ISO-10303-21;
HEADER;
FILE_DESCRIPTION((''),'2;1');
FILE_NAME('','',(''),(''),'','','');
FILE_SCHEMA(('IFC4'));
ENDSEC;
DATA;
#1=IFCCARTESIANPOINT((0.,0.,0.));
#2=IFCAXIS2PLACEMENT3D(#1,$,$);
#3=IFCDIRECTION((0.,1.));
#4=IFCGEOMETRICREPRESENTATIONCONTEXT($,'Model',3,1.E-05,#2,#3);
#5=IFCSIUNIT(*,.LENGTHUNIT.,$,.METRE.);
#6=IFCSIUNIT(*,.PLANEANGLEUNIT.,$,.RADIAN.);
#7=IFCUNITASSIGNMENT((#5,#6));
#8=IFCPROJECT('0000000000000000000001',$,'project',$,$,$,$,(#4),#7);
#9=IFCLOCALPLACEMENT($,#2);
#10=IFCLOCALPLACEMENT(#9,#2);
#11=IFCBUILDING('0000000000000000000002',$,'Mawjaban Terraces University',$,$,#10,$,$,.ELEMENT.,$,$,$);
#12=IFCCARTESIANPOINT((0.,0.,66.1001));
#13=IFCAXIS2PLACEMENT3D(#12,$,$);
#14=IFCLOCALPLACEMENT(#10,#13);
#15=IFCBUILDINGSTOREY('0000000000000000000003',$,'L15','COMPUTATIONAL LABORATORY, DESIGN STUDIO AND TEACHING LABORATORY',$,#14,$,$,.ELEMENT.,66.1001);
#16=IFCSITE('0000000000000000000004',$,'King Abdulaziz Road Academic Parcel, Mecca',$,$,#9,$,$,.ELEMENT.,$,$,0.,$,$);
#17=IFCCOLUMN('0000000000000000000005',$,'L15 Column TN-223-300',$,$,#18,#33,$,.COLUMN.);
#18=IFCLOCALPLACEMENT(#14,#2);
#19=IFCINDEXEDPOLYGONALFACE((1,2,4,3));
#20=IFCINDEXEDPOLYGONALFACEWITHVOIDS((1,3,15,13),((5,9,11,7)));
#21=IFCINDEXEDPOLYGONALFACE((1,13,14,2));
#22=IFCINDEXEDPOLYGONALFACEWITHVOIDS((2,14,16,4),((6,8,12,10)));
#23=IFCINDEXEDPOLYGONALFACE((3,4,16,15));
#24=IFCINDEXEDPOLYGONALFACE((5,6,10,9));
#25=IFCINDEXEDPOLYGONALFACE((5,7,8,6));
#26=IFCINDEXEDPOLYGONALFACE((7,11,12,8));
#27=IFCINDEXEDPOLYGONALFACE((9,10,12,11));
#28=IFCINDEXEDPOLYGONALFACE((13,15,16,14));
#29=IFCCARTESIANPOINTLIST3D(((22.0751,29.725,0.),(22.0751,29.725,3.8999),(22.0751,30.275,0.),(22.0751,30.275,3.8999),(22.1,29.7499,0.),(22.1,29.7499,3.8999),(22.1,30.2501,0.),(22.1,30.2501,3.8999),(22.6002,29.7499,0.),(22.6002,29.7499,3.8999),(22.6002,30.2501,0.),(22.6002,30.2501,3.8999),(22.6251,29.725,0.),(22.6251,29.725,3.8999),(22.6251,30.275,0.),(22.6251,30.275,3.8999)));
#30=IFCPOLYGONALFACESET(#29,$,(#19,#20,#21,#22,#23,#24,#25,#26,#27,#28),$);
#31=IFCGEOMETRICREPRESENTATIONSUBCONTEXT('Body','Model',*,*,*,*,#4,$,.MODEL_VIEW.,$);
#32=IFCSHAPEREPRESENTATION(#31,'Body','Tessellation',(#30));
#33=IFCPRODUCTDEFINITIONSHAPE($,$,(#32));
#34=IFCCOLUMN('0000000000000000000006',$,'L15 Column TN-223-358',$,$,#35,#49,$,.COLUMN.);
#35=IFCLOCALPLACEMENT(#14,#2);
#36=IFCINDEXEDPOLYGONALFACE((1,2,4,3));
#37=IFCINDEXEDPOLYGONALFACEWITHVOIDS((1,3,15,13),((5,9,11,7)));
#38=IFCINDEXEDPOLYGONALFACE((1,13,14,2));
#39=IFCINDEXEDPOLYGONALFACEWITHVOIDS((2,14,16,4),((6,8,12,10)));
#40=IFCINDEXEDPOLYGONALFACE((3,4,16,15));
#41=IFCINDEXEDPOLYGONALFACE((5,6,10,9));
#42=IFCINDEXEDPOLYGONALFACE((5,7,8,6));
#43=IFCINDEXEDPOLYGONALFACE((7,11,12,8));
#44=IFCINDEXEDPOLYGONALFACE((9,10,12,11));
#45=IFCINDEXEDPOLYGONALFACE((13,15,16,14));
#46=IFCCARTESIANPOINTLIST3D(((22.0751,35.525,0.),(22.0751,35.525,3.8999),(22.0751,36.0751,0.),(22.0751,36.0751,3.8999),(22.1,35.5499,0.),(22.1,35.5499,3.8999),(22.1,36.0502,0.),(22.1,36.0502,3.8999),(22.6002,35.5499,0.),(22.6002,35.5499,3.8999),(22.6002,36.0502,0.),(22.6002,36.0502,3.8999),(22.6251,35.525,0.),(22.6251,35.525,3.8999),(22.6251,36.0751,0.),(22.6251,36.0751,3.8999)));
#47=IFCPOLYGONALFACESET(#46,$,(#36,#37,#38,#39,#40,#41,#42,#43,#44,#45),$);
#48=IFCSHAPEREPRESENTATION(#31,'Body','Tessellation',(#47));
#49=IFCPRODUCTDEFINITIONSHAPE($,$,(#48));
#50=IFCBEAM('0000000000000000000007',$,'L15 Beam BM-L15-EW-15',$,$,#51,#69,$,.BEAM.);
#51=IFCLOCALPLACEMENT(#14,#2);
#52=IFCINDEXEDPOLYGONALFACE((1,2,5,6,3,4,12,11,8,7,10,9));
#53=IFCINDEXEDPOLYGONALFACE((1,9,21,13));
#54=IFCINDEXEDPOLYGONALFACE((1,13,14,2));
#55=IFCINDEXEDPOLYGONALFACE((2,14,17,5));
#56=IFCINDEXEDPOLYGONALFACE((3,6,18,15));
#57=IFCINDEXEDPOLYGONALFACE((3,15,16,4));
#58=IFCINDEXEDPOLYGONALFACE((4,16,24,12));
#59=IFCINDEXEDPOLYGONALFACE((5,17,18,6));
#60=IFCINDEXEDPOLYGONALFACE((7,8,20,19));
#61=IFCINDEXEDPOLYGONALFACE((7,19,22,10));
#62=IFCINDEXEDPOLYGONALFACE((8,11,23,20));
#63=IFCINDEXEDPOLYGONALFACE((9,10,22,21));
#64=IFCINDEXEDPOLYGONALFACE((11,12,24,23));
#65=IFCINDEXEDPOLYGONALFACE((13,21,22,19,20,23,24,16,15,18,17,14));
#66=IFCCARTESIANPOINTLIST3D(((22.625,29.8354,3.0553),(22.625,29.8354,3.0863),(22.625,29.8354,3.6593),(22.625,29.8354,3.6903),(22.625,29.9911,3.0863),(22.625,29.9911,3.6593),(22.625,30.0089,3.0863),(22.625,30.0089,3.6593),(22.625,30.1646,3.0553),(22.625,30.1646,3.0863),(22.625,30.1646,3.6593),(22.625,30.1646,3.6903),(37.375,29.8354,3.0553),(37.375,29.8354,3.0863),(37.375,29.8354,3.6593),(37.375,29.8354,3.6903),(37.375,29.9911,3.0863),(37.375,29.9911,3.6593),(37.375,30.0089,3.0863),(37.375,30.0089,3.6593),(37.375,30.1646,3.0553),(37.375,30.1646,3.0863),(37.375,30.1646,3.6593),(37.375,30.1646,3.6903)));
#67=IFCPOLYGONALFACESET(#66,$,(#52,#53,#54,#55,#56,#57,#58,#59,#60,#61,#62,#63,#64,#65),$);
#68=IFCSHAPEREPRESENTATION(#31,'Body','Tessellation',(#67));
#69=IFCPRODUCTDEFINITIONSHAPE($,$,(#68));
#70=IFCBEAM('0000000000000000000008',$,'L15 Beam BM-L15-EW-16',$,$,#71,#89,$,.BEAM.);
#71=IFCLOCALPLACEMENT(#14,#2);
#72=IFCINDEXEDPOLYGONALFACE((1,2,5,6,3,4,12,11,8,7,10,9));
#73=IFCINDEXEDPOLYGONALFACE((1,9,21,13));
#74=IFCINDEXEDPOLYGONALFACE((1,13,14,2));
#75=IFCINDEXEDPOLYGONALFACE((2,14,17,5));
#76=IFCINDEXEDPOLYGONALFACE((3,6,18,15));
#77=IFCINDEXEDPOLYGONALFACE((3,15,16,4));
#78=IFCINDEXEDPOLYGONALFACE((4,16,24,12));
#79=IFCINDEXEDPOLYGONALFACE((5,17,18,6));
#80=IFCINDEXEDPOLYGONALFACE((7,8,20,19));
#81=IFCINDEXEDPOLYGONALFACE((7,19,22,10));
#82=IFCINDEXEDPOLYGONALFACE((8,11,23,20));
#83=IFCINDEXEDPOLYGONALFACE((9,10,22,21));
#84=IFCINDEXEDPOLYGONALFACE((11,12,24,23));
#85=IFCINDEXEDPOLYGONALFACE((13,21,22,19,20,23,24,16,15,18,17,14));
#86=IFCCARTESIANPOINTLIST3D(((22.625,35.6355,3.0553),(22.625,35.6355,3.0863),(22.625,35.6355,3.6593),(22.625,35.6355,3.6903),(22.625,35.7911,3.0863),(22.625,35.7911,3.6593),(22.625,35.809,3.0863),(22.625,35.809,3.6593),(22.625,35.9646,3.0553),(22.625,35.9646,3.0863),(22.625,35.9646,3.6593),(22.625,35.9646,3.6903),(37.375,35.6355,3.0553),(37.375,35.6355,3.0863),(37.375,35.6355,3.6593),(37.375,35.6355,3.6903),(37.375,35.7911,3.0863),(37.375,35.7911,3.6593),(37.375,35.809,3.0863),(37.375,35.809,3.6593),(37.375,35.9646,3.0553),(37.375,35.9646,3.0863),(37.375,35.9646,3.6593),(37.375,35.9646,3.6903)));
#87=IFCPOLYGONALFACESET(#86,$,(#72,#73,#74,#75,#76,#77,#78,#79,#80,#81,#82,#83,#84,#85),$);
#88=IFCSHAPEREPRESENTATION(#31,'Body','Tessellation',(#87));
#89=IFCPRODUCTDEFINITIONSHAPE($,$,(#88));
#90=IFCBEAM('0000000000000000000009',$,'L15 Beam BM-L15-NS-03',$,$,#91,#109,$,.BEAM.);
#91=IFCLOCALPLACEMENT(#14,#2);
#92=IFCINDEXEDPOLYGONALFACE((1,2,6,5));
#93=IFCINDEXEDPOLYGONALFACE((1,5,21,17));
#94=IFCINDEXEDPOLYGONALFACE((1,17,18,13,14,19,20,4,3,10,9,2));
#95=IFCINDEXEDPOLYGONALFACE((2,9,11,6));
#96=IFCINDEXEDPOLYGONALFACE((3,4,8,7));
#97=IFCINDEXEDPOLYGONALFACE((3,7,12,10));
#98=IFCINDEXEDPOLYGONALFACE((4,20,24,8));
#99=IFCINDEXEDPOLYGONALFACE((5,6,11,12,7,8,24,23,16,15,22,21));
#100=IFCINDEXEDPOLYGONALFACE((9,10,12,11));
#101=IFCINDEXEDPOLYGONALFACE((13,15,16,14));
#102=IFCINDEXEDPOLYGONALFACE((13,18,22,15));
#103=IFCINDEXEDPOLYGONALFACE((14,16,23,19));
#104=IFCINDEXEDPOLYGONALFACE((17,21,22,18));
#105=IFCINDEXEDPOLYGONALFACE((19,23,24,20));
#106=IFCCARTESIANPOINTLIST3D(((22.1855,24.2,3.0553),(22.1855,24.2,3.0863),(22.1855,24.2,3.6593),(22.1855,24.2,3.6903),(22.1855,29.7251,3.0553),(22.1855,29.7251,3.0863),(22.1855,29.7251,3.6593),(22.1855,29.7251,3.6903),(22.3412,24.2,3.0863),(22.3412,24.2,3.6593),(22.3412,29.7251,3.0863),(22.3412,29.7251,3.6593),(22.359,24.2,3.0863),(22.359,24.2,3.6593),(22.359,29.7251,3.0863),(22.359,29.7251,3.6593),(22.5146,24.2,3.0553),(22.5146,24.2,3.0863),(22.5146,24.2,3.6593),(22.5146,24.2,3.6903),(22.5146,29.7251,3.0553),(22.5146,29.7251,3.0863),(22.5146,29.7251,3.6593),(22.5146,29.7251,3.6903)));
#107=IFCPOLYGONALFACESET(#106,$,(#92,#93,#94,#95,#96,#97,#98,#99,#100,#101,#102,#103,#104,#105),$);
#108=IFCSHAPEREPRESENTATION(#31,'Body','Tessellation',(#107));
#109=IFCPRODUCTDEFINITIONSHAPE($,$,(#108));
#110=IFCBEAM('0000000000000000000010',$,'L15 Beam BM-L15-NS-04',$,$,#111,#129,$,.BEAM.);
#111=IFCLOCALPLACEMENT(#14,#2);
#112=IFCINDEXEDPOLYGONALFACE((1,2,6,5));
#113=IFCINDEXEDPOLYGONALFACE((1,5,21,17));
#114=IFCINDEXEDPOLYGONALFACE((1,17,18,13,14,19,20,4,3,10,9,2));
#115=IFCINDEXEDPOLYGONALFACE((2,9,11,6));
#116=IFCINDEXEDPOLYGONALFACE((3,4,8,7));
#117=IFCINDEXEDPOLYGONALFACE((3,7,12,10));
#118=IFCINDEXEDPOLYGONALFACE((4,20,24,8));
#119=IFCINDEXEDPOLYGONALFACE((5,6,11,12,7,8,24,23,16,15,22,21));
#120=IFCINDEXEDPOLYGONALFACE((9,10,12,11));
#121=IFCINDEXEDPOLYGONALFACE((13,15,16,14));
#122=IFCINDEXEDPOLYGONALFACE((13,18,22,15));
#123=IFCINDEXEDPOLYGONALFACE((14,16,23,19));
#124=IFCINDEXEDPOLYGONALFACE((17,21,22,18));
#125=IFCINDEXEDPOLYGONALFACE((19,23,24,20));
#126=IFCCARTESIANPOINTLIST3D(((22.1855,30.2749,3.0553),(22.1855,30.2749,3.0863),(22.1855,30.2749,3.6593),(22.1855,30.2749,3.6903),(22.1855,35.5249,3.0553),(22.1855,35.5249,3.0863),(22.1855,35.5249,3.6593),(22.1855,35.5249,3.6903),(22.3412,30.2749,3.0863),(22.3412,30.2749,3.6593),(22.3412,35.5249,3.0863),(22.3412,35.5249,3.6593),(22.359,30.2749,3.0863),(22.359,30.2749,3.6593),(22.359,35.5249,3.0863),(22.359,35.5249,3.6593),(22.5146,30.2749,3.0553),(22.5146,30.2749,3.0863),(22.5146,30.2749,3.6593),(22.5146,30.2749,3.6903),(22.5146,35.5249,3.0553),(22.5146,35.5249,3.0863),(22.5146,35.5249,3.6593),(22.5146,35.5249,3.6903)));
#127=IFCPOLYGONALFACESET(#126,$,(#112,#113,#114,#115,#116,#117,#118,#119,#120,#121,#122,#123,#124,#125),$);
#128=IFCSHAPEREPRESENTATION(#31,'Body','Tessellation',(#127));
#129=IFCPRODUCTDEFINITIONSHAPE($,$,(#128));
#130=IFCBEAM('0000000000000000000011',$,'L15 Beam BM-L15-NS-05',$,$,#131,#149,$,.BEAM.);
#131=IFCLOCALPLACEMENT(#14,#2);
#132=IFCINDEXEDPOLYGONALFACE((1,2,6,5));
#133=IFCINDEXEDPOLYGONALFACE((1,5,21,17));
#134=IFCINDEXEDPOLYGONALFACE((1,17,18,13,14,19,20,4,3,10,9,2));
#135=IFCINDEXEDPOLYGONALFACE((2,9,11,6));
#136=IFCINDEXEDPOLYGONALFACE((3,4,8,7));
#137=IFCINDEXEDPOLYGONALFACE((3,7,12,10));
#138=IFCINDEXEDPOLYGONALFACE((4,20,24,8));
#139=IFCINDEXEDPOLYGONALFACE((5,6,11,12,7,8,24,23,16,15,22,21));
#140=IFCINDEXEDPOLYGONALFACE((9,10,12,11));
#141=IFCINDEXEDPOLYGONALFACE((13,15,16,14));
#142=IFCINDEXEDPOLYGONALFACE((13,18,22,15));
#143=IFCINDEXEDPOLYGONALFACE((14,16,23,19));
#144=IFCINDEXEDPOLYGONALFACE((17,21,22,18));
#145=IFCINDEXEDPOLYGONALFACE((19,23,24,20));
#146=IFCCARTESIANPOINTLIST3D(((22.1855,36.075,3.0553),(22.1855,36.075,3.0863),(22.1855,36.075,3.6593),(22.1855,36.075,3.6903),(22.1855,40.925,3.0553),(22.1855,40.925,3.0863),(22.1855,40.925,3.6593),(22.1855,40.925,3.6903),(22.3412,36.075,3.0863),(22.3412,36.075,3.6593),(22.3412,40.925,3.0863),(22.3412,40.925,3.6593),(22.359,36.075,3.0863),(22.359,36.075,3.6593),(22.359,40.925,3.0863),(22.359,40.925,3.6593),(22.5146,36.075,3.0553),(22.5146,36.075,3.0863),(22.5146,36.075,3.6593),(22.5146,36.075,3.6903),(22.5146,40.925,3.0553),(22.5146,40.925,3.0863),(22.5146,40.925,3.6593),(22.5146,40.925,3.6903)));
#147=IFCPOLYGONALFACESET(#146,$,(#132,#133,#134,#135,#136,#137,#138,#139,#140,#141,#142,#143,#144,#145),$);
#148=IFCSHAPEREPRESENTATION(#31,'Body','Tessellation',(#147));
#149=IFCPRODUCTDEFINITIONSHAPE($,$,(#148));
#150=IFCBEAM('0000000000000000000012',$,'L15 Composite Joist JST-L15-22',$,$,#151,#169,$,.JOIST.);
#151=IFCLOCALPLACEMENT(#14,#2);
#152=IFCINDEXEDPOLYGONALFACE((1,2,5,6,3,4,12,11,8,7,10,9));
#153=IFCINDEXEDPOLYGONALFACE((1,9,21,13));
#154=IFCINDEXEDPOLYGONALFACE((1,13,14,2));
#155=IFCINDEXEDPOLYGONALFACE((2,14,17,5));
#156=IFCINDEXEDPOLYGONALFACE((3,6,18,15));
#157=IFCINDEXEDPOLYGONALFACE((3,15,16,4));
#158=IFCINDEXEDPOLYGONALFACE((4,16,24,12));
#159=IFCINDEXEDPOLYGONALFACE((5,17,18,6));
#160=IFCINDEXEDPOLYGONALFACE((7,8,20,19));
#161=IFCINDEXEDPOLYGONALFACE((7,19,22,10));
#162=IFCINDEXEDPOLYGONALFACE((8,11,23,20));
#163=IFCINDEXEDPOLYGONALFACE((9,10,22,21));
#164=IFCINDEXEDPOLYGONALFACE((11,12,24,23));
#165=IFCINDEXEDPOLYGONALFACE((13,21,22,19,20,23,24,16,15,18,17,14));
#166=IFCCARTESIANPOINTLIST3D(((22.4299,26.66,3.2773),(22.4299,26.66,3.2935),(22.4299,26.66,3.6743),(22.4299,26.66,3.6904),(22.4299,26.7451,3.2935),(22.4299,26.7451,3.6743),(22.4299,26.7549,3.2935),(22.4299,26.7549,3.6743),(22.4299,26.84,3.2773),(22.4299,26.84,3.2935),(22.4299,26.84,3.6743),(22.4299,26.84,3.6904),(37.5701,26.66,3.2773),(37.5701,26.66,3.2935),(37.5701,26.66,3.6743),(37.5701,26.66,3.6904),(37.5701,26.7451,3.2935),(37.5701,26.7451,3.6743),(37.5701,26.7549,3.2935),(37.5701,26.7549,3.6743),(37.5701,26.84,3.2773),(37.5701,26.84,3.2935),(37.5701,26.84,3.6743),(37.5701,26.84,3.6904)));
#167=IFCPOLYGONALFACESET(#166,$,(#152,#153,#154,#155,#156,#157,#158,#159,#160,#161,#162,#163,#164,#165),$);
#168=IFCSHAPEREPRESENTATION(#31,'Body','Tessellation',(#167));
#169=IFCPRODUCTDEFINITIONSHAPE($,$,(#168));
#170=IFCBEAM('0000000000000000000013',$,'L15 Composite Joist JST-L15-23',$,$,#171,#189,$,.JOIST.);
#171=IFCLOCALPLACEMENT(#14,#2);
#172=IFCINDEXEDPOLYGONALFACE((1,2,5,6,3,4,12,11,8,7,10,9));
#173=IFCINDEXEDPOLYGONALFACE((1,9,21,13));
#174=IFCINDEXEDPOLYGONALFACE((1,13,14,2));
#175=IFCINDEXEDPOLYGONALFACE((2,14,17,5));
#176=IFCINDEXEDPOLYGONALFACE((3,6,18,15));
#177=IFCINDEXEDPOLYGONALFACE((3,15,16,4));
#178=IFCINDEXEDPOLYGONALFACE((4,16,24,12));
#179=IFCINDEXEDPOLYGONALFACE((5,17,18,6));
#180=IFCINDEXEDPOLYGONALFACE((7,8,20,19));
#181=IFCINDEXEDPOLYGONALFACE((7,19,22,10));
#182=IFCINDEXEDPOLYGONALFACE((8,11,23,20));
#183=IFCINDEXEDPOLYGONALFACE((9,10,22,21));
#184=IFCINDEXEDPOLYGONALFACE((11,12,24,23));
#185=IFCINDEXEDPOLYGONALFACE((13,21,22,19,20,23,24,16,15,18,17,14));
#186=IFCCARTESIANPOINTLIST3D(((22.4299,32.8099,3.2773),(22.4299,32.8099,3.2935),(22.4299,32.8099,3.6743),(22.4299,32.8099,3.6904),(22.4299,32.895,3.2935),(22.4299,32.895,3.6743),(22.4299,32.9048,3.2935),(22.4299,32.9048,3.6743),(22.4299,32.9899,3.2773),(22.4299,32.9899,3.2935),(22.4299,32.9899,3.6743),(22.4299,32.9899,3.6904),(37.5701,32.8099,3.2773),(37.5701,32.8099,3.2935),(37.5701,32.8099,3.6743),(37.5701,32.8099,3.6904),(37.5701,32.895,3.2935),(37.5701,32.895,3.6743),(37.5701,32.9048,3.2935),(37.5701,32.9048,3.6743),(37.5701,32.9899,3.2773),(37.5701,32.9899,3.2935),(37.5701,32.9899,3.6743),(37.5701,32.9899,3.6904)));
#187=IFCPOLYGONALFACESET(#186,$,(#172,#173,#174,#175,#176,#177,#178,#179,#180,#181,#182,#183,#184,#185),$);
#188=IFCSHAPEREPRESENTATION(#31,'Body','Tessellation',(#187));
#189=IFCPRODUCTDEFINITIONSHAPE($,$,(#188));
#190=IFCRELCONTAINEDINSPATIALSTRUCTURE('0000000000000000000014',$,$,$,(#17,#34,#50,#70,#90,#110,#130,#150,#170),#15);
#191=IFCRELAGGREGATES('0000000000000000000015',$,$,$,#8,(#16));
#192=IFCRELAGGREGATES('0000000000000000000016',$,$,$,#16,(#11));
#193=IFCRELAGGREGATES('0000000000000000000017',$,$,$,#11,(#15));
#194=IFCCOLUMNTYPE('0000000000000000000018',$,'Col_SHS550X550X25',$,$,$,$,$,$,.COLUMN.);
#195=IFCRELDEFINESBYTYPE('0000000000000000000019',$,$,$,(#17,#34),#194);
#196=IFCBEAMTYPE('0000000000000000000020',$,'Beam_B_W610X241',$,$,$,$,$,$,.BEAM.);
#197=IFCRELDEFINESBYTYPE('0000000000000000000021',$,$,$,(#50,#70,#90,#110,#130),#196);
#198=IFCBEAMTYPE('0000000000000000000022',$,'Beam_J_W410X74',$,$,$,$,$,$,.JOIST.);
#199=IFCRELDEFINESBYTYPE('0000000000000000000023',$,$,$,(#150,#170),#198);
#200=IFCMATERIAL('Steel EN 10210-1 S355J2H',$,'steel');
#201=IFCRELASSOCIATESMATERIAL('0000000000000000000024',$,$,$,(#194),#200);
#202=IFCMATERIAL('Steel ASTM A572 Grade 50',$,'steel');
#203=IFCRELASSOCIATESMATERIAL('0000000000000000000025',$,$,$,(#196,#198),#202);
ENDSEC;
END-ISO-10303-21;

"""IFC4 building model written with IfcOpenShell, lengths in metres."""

from ifc_helpers import new_model, si_unit, direction, frame, origin, origin_2d, place, context, subcontext, project, spatial, hollow_rectangle, i_section, extrude, material, material_profile, profile_set, type_object, element, save


model = new_model("IFC4")

# Units and contexts
model_context = context("Model", 3, precision=1e-05, world=origin(), true_north=direction((0.0, 1.0)))
body_context = subcontext(model_context, "Body", "Model", "MODEL_VIEW")
ifc_project = project(units=[si_unit("LENGTHUNIT", "METRE"), si_unit("PLANEANGLEUNIT", "RADIAN")], contexts=[model_context])

# Site, building, storey
site_placement = place(None, origin())
site = spatial("IfcSite", under=ifc_project, at=site_placement, Name="King Abdulaziz Road Academic Parcel, Mecca", CompositionType="ELEMENT", RefElevation=0.0)
building_placement = place(site_placement, origin())
building = spatial("IfcBuilding", under=site, at=building_placement, Name="Mawjaban Terraces University", CompositionType="ELEMENT")
storey_placement = place(building_placement, frame((0.0, 0.0, 66.1001)))
storey = spatial("IfcBuildingStorey", under=building, at=storey_placement, Name="L15", Description="COMPUTATIONAL LABORATORY, DESIGN STUDIO AND TEACHING LABORATORY", CompositionType="ELEMENT", Elevation=66.1001)

# Columns
ifc_material_1 = material(Name="Steel EN 10210-1 S355J2H", Category="steel")
ifc_material_profile_1 = material_profile(ifc_material_1, hollow_rectangle(XDim=0.55, YDim=0.55, WallThickness=0.0249, at=origin_2d()), Name="SHS550X550X25")
ifc_profile_set_1 = profile_set([ifc_material_profile_1], Name="Steel EN 10210-1 S355J2H")
column_type = type_object("IfcColumnType", Name="Col_SHS550X550X25", PredefinedType="COLUMN", material=ifc_profile_set_1)
for number, where, z_axis, x_axis, name in (
    (1, (22.3501, 30.0, 0.0), (0.0, 0.0, 1.0), (1.0, 0.0, 0.0), "L15 Column TN-223-300"),
    (2, (22.3501, 35.8, 0.0), (0.0, 0.0, 1.0), (1.0, 0.0, 0.0), "L15 Column TN-223-358"),
):
    element("IfcColumn", number, at=place(storey_placement, frame(where, z_axis=z_axis, x_axis=x_axis)), inside=storey, type_object=column_type, Name=name, PredefinedType="COLUMN", context=body_context, shape_type="SweptSolid", body=[
        extrude(hollow_rectangle(XDim=0.55, YDim=0.55, WallThickness=0.0249, at=origin_2d()), origin(), (0.0, 0.0, 1.0), 3.8999),
    ])

# Beams
ifc_material_2 = material(Name="Steel ASTM A572 Grade 50", Category="steel")
ifc_material_profile_2 = material_profile(ifc_material_2, i_section(OverallWidth=0.3291, OverallDepth=0.635, WebThickness=0.0178, FlangeThickness=0.031, at=origin_2d()), Name="W610X241")
ifc_profile_set_2 = profile_set([ifc_material_profile_2], Name="Steel ASTM A572 Grade 50")
beam_type_1 = type_object("IfcBeamType", Name="Beam_B_W610X241", PredefinedType="BEAM", material=ifc_profile_set_2)
for number, where, z_axis, x_axis, name in (
    (3, (22.625, 30.0, 3.3728), (1.0, 0.0, 0.0), (0.0, 1.0, 0.0), "L15 Beam BM-L15-EW-15"),
    (4, (22.625, 35.8, 3.3728), (1.0, 0.0, 0.0), (0.0, 1.0, 0.0), "L15 Beam BM-L15-EW-16"),
):
    element("IfcBeam", number, at=place(storey_placement, frame(where, z_axis=z_axis, x_axis=x_axis)), inside=storey, type_object=beam_type_1, Name=name, PredefinedType="BEAM", context=body_context, shape_type="SweptSolid", body=[
        extrude(i_section(OverallWidth=0.3291, OverallDepth=0.635, WebThickness=0.0178, FlangeThickness=0.031, at=origin_2d()), origin(), (0.0, 0.0, 1.0), 14.75),
    ])
beam_1_placement = place(storey_placement, frame((22.3501, 24.2, 3.3728), z_axis=(0.0, 1.0, 0.0), x_axis=(-1.0, 0.0, 0.0)))
element("IfcBeam", 5, at=beam_1_placement, inside=storey, type_object=beam_type_1, Name="L15 Beam BM-L15-NS-03", PredefinedType="BEAM", context=body_context, shape_type="SweptSolid", body=[
    extrude(i_section(OverallWidth=0.3291, OverallDepth=0.635, WebThickness=0.0178, FlangeThickness=0.031, at=origin_2d()), origin(), (0.0, 0.0, 1.0), 5.5251),
])
beam_2_placement = place(storey_placement, frame((22.3501, 30.2749, 3.3728), z_axis=(0.0, 1.0, 0.0), x_axis=(-1.0, 0.0, 0.0)))
element("IfcBeam", 6, at=beam_2_placement, inside=storey, type_object=beam_type_1, Name="L15 Beam BM-L15-NS-04", PredefinedType="BEAM", context=body_context, shape_type="SweptSolid", body=[
    extrude(i_section(OverallWidth=0.3291, OverallDepth=0.635, WebThickness=0.0178, FlangeThickness=0.031, at=origin_2d()), origin(), (0.0, 0.0, 1.0), 5.25),
])
beam_3_placement = place(storey_placement, frame((22.3501, 36.075, 3.3728), z_axis=(0.0, 1.0, 0.0), x_axis=(-1.0, 0.0, 0.0)))
element("IfcBeam", 7, at=beam_3_placement, inside=storey, type_object=beam_type_1, Name="L15 Beam BM-L15-NS-05", PredefinedType="BEAM", context=body_context, shape_type="SweptSolid", body=[
    extrude(i_section(OverallWidth=0.3291, OverallDepth=0.635, WebThickness=0.0178, FlangeThickness=0.031, at=origin_2d()), origin(), (0.0, 0.0, 1.0), 4.8501),
])
ifc_material_profile_3 = material_profile(ifc_material_2, i_section(OverallWidth=0.1799, OverallDepth=0.4131, WebThickness=0.0098, FlangeThickness=0.0161, at=origin_2d()), Name="W410X74")
ifc_profile_set_3 = profile_set([ifc_material_profile_3], Name="Steel ASTM A572 Grade 50")
beam_type_2 = type_object("IfcBeamType", Name="Beam_J_W410X74", PredefinedType="JOIST", material=ifc_profile_set_3)
for number, where, z_axis, x_axis, name in (
    (8, (22.4299, 26.75, 3.4839), (1.0, 0.0, 0.0), (0.0, 1.0, 0.0), "L15 Composite Joist JST-L15-22"),
    (9, (22.4299, 32.8999, 3.4839), (1.0, 0.0, 0.0), (0.0, 1.0, 0.0), "L15 Composite Joist JST-L15-23"),
):
    element("IfcBeam", number, at=place(storey_placement, frame(where, z_axis=z_axis, x_axis=x_axis)), inside=storey, type_object=beam_type_2, Name=name, PredefinedType="JOIST", context=body_context, shape_type="SweptSolid", body=[
        extrude(i_section(OverallWidth=0.1799, OverallDepth=0.4131, WebThickness=0.0098, FlangeThickness=0.0161, at=origin_2d()), origin(), (0.0, 0.0, 1.0), 15.1401),
    ])

save(model, "model.ifc")
